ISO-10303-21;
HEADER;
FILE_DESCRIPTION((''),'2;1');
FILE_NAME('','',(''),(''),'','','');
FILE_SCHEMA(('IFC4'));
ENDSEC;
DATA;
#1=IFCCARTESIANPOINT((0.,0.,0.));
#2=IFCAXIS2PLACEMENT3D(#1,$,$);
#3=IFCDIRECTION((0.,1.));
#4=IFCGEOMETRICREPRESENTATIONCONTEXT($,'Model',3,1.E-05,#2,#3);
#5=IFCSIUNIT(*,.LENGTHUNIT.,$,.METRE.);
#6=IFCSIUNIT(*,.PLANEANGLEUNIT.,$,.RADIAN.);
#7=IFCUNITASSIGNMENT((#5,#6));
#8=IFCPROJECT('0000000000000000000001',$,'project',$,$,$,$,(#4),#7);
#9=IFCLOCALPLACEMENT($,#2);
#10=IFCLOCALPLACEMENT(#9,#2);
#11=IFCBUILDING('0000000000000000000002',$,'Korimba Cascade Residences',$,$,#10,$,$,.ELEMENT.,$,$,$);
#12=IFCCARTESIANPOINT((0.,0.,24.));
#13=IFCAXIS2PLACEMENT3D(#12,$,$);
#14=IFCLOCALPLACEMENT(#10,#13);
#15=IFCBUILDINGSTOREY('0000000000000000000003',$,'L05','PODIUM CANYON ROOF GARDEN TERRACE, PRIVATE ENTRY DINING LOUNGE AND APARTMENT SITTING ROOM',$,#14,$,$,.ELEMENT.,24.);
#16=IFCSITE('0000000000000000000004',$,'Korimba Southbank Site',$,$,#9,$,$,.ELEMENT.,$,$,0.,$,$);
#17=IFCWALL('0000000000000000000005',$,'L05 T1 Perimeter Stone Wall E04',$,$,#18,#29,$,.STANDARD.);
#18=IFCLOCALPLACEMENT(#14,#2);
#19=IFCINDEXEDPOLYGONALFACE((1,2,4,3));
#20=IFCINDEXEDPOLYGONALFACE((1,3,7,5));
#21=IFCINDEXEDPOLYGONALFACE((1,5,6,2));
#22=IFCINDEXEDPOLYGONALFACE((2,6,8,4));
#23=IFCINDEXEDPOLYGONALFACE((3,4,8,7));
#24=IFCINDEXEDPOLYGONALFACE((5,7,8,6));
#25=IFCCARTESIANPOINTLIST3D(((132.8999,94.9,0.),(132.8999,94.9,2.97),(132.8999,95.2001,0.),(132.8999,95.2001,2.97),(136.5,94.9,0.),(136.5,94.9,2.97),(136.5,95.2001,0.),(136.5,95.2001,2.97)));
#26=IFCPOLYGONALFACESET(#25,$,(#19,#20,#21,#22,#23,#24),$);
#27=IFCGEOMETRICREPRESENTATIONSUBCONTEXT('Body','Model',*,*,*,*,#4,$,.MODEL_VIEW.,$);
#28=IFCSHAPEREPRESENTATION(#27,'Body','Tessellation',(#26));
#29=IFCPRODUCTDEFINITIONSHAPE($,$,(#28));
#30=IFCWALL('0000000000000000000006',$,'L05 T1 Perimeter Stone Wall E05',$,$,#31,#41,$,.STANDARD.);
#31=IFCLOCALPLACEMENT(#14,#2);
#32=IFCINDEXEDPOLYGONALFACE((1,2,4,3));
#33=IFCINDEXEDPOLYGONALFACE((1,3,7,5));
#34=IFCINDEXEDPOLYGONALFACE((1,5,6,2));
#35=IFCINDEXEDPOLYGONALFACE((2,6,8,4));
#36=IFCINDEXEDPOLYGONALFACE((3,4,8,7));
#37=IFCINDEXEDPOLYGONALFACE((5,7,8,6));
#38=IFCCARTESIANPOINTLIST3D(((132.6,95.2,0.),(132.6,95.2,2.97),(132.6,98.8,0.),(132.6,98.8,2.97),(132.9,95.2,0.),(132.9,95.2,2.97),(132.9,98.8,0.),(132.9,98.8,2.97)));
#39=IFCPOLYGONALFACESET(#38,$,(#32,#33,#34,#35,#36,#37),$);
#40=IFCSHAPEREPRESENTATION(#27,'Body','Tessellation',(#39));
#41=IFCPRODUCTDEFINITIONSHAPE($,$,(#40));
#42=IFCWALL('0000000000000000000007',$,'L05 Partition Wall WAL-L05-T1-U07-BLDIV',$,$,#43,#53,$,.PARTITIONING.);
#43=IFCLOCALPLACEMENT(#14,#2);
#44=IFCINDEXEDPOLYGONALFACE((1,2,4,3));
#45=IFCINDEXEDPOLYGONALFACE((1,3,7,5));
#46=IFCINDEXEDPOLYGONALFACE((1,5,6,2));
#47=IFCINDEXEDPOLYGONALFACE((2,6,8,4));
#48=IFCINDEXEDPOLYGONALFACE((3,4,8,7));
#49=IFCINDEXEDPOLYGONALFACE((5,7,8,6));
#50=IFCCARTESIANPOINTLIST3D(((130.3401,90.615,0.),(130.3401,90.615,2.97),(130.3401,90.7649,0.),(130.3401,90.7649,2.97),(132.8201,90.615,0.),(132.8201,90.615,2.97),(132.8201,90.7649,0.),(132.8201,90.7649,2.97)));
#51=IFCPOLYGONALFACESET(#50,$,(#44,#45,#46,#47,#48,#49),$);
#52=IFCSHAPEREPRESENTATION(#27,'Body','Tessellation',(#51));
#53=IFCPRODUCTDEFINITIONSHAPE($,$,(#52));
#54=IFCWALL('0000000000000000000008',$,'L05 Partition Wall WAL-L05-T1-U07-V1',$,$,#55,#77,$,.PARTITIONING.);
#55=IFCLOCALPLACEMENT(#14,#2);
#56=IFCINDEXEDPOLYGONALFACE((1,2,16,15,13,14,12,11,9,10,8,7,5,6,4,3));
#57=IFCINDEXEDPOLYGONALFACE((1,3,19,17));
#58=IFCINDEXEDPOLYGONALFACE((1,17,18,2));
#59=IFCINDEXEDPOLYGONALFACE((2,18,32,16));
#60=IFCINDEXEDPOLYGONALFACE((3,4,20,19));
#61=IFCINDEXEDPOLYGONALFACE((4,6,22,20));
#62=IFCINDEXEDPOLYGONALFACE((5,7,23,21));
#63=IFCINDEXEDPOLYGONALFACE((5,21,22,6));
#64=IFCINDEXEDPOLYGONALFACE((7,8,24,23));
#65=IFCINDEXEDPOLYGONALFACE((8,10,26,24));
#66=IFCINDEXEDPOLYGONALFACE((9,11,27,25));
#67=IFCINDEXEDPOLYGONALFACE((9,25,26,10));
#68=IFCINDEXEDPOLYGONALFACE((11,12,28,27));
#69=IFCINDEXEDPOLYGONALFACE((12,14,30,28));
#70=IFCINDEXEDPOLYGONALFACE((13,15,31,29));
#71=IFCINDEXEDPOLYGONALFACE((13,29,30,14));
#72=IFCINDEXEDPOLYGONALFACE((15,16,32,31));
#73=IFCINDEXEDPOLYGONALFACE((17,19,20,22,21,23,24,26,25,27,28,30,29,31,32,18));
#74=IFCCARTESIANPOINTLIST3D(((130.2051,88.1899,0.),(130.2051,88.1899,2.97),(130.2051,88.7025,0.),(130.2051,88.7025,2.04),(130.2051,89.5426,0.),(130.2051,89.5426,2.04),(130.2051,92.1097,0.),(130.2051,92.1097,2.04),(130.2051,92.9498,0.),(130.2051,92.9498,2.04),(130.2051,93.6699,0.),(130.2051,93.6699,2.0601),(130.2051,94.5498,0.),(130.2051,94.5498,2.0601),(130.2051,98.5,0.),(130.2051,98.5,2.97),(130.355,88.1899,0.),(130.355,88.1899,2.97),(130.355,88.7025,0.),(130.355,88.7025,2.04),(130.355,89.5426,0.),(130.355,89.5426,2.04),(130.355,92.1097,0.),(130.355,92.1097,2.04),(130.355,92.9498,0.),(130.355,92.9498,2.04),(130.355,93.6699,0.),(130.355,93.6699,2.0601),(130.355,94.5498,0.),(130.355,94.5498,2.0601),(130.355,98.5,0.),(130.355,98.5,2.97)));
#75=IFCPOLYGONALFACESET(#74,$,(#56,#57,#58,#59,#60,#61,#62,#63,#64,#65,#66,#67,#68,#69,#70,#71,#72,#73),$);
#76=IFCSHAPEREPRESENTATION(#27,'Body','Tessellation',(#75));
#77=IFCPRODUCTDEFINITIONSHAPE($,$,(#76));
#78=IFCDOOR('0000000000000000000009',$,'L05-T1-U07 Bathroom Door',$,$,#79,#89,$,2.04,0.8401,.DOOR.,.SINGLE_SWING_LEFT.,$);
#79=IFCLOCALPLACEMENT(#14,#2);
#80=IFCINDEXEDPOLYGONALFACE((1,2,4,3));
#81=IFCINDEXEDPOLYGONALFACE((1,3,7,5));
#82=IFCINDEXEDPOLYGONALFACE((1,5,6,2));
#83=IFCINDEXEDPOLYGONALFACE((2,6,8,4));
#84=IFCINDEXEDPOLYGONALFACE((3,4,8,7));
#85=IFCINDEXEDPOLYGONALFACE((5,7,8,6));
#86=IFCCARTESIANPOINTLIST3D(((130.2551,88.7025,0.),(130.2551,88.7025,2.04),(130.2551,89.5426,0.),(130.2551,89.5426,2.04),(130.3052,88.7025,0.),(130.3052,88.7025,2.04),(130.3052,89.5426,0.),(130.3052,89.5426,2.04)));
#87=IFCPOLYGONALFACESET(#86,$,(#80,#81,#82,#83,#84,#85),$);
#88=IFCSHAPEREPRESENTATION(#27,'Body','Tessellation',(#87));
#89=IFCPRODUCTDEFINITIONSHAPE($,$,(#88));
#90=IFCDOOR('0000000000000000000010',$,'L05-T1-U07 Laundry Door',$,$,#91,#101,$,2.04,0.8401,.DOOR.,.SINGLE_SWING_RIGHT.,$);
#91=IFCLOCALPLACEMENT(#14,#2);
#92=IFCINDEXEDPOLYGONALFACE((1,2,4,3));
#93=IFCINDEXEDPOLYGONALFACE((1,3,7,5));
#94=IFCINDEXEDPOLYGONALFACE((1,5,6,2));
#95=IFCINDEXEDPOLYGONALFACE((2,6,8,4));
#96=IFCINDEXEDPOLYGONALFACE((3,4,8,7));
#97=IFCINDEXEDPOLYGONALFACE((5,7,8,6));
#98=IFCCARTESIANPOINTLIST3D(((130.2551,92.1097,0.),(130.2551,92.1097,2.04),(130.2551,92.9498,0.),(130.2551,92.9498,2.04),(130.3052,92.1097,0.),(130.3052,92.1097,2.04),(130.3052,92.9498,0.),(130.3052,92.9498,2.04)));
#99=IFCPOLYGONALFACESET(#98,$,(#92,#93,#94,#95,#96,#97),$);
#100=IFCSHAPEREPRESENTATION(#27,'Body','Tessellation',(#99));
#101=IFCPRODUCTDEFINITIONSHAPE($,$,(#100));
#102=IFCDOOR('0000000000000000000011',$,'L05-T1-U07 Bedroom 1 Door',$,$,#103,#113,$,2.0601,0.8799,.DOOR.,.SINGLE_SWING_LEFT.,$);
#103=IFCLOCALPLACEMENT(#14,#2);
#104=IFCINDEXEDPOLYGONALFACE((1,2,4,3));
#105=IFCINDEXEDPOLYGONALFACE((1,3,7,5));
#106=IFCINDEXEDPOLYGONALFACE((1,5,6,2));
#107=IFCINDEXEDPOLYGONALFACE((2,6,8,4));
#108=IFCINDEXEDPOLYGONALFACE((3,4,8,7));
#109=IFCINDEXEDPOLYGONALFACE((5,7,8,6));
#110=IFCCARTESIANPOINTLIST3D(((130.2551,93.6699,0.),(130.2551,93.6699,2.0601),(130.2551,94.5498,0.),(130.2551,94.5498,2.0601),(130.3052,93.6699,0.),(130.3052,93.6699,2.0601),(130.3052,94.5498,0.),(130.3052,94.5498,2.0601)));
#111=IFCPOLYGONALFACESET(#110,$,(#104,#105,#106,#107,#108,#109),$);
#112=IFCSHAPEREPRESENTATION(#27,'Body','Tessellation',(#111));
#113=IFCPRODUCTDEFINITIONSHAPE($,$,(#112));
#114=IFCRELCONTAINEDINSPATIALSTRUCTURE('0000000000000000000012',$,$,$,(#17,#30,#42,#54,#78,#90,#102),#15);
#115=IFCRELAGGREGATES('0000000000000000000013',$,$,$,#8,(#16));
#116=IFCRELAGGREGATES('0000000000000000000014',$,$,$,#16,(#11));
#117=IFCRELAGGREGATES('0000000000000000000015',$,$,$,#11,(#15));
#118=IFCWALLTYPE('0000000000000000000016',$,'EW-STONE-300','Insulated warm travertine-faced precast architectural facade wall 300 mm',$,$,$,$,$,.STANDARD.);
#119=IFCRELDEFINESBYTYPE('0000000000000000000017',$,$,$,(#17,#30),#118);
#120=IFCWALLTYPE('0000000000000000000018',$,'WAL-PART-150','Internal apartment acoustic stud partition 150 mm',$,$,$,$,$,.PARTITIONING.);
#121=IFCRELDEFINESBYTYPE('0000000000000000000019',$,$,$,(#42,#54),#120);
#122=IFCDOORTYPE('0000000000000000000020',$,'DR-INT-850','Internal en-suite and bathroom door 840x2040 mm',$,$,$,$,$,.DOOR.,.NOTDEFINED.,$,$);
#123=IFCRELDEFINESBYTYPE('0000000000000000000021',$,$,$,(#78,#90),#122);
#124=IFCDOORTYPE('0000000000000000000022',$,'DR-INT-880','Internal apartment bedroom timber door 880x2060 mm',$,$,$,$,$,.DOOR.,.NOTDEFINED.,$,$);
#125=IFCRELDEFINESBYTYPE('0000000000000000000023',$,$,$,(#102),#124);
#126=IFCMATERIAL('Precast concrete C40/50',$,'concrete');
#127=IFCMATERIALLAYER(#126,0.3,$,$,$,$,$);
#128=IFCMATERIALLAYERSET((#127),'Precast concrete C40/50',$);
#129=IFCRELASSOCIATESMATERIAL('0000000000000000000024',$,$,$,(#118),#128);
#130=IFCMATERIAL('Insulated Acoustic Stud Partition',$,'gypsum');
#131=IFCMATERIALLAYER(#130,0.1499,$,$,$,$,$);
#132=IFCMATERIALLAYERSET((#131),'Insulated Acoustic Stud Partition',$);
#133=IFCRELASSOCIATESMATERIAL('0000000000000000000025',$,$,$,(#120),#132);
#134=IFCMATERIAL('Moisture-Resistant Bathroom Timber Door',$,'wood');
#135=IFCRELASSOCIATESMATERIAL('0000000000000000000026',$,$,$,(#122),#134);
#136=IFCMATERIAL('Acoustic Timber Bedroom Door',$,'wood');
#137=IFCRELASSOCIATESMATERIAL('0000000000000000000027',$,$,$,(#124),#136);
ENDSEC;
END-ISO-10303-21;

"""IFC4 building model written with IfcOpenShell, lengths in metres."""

from ifc_helpers import new_model, si_unit, direction, frame, frame_2d, origin, place, context, subcontext, project, spatial, rectangle, extrude, material, layer, layer_set, type_object, element, fill, save


model = new_model("IFC4")

# Units and contexts
model_context = context("Model", 3, precision=1e-05, world=origin(), true_north=direction((0.0, 1.0)))
body_context = subcontext(model_context, "Body", "Model", "MODEL_VIEW")
ifc_project = project(units=[si_unit("LENGTHUNIT", "METRE"), si_unit("PLANEANGLEUNIT", "RADIAN")], contexts=[model_context])

# Site, building, storey
site_placement = place(None, origin())
site = spatial("IfcSite", under=ifc_project, at=site_placement, Name="Korimba Southbank Site", CompositionType="ELEMENT", RefElevation=0.0)
building_placement = place(site_placement, origin())
building = spatial("IfcBuilding", under=site, at=building_placement, Name="Korimba Cascade Residences", CompositionType="ELEMENT")
storey_placement = place(building_placement, frame((0.0, 0.0, 24.0)))
storey = spatial("IfcBuildingStorey", under=building, at=storey_placement, Name="L05", Description="PODIUM CANYON ROOF GARDEN TERRACE, PRIVATE ENTRY DINING LOUNGE AND APARTMENT SITTING ROOM", CompositionType="ELEMENT", Elevation=24.0)

# Shared definitions
ifc_material_1 = material(Name="Precast concrete C40/50", Category="concrete")

# Walls
ifc_layer_1 = layer(ifc_material_1, 0.3)
ifc_layer_set_1 = layer_set([ifc_layer_1], Name="Precast concrete C40/50")
wall_type_1 = type_object("IfcWallType", Name="EW-STONE-300", Description="Insulated warm travertine-faced precast architectural facade wall 300 mm", PredefinedType="STANDARD", material=ifc_layer_set_1)
for number, where, z_axis, x_axis, name in (
    (1, (136.5, 95.05, 0.0), (0.0, 0.0, 1.0), (-1.0, 0.0, 0.0), "L05 T1 Perimeter Stone Wall E04"),
    (2, (132.75, 95.2, 0.0), (0.0, 0.0, 1.0), (0.0, 1.0, 0.0), "L05 T1 Perimeter Stone Wall E05"),
):
    element("IfcWall", number, at=place(storey_placement, frame(where, z_axis=z_axis, x_axis=x_axis)), inside=storey, type_object=wall_type_1, Name=name, PredefinedType="STANDARD", context=body_context, shape_type="SweptSolid", body=[
        extrude(rectangle(XDim=3.6001, YDim=0.3, at=frame_2d((1.8, 0.0))), origin(), (0.0, 0.0, 1.0), 2.97),
    ])
ifc_material_2 = material(Name="Insulated Acoustic Stud Partition", Category="gypsum")
ifc_layer_2 = layer(ifc_material_2, 0.1499)
ifc_layer_set_2 = layer_set([ifc_layer_2], Name="Insulated Acoustic Stud Partition")
wall_type_2 = type_object("IfcWallType", Name="WAL-PART-150", Description="Internal apartment acoustic stud partition 150 mm", PredefinedType="PARTITIONING", material=ifc_layer_set_2)
wall_1_placement = place(storey_placement, frame((130.3401, 90.6899, 0.0), z_axis=(0.0, 0.0, 1.0), x_axis=(1.0, 0.0, 0.0)))
element("IfcWall", 3, at=wall_1_placement, inside=storey, type_object=wall_type_2, Name="L05 Partition Wall WAL-L05-T1-U07-BLDIV", PredefinedType="PARTITIONING", context=body_context, shape_type="SweptSolid", body=[
    extrude(rectangle(XDim=2.48, YDim=0.1499, at=frame_2d((1.24, 0.0))), origin(), (0.0, 0.0, 1.0), 2.97),
])

# Wall, openings, doors
wall_2_placement = place(storey_placement, frame((130.28, 88.1899, 0.0), z_axis=(0.0, 0.0, 1.0), x_axis=(0.0, 1.0, 0.0)))
wall_2 = element("IfcWall", 4, at=wall_2_placement, inside=storey, type_object=wall_type_2, Name="L05 Partition Wall WAL-L05-T1-U07-V1", PredefinedType="PARTITIONING", context=body_context, shape_type="SweptSolid", body=[
    extrude(rectangle(XDim=10.3101, YDim=0.1499, at=frame_2d((5.155, 0.0))), origin(), (0.0, 0.0, 1.0), 2.97),
])
opening_1_placement = place(wall_2_placement, frame((0.5127, 0.0, 0.0)))
opening_1 = element("IfcOpeningElement", 5, at=opening_1_placement, cuts=wall_2, PredefinedType="OPENING", context=body_context, shape_type="SweptSolid", body=[
    extrude(rectangle(XDim=0.8401, YDim=2.04, at=frame_2d((0.4199, 1.02))), frame((0.0, 0.085, 0.0), z_axis=(0.0, -1.0, 0.0), x_axis=(1.0, 0.0, 0.0)), (0.0, 0.0, 1.0), 0.1699),
])
opening_2_placement = place(wall_2_placement, frame((3.9199, 0.0, 0.0)))
opening_2 = element("IfcOpeningElement", 6, at=opening_2_placement, cuts=wall_2, PredefinedType="OPENING", context=body_context, shape_type="SweptSolid", body=[
    extrude(rectangle(XDim=0.8401, YDim=2.04, at=frame_2d((0.4199, 1.02))), frame((0.0, 0.085, 0.0), z_axis=(0.0, -1.0, 0.0), x_axis=(1.0, 0.0, 0.0)), (0.0, 0.0, 1.0), 0.1699),
])
opening_3_placement = place(wall_2_placement, frame((5.48, 0.0, 0.0)))
opening_3 = element("IfcOpeningElement", 7, at=opening_3_placement, cuts=wall_2, PredefinedType="OPENING", context=body_context, shape_type="SweptSolid", body=[
    extrude(rectangle(XDim=0.8799, YDim=2.0601, at=frame_2d((0.4399, 1.03))), frame((0.0, 0.085, 0.0), z_axis=(0.0, -1.0, 0.0), x_axis=(1.0, 0.0, 0.0)), (0.0, 0.0, 1.0), 0.1699),
])
ifc_material_3 = material(Name="Moisture-Resistant Bathroom Timber Door", Category="wood")
door_type_1 = type_object("IfcDoorType", Name="DR-INT-850", Description="Internal en-suite and bathroom door 840x2040 mm", OperationType="NOTDEFINED", PredefinedType="DOOR", material=ifc_material_3)
door_1_placement = place(opening_1_placement, origin())
door_1 = element("IfcDoor", 8, at=door_1_placement, inside=storey, type_object=door_type_1, Name="L05-T1-U07 Bathroom Door", OperationType="SINGLE_SWING_LEFT", OverallHeight=2.04, OverallWidth=0.8401, PredefinedType="DOOR", context=body_context, shape_type="SweptSolid", body=[
    extrude(rectangle(XDim=0.8401, YDim=2.04, at=frame_2d((0.4199, 1.02))), frame((0.0, 0.0249, 0.0), z_axis=(0.0, -1.0, 0.0), x_axis=(1.0, 0.0, 0.0)), (0.0, 0.0, 1.0), 0.05),
])
fill(opening_1, door_1)
door_2_placement = place(opening_2_placement, origin())
door_2 = element("IfcDoor", 9, at=door_2_placement, inside=storey, type_object=door_type_1, Name="L05-T1-U07 Laundry Door", OperationType="SINGLE_SWING_RIGHT", OverallHeight=2.04, OverallWidth=0.8401, PredefinedType="DOOR", context=body_context, shape_type="SweptSolid", body=[
    extrude(rectangle(XDim=0.8401, YDim=2.04, at=frame_2d((0.4199, 1.02))), frame((0.0, 0.0249, 0.0), z_axis=(0.0, -1.0, 0.0), x_axis=(1.0, 0.0, 0.0)), (0.0, 0.0, 1.0), 0.05),
])
fill(opening_2, door_2)
ifc_material_4 = material(Name="Acoustic Timber Bedroom Door", Category="wood")
door_type_2 = type_object("IfcDoorType", Name="DR-INT-880", Description="Internal apartment bedroom timber door 880x2060 mm", OperationType="NOTDEFINED", PredefinedType="DOOR", material=ifc_material_4)
door_3_placement = place(opening_3_placement, origin())
door_3 = element("IfcDoor", 10, at=door_3_placement, inside=storey, type_object=door_type_2, Name="L05-T1-U07 Bedroom 1 Door", OperationType="SINGLE_SWING_LEFT", OverallHeight=2.0601, OverallWidth=0.8799, PredefinedType="DOOR", context=body_context, shape_type="SweptSolid", body=[
    extrude(rectangle(XDim=0.8799, YDim=2.0601, at=frame_2d((0.4399, 1.03))), frame((0.0, 0.0249, 0.0), z_axis=(0.0, -1.0, 0.0), x_axis=(1.0, 0.0, 0.0)), (0.0, 0.0, 1.0), 0.05),
])
fill(opening_3, door_3)

save(model, "model.ifc")
